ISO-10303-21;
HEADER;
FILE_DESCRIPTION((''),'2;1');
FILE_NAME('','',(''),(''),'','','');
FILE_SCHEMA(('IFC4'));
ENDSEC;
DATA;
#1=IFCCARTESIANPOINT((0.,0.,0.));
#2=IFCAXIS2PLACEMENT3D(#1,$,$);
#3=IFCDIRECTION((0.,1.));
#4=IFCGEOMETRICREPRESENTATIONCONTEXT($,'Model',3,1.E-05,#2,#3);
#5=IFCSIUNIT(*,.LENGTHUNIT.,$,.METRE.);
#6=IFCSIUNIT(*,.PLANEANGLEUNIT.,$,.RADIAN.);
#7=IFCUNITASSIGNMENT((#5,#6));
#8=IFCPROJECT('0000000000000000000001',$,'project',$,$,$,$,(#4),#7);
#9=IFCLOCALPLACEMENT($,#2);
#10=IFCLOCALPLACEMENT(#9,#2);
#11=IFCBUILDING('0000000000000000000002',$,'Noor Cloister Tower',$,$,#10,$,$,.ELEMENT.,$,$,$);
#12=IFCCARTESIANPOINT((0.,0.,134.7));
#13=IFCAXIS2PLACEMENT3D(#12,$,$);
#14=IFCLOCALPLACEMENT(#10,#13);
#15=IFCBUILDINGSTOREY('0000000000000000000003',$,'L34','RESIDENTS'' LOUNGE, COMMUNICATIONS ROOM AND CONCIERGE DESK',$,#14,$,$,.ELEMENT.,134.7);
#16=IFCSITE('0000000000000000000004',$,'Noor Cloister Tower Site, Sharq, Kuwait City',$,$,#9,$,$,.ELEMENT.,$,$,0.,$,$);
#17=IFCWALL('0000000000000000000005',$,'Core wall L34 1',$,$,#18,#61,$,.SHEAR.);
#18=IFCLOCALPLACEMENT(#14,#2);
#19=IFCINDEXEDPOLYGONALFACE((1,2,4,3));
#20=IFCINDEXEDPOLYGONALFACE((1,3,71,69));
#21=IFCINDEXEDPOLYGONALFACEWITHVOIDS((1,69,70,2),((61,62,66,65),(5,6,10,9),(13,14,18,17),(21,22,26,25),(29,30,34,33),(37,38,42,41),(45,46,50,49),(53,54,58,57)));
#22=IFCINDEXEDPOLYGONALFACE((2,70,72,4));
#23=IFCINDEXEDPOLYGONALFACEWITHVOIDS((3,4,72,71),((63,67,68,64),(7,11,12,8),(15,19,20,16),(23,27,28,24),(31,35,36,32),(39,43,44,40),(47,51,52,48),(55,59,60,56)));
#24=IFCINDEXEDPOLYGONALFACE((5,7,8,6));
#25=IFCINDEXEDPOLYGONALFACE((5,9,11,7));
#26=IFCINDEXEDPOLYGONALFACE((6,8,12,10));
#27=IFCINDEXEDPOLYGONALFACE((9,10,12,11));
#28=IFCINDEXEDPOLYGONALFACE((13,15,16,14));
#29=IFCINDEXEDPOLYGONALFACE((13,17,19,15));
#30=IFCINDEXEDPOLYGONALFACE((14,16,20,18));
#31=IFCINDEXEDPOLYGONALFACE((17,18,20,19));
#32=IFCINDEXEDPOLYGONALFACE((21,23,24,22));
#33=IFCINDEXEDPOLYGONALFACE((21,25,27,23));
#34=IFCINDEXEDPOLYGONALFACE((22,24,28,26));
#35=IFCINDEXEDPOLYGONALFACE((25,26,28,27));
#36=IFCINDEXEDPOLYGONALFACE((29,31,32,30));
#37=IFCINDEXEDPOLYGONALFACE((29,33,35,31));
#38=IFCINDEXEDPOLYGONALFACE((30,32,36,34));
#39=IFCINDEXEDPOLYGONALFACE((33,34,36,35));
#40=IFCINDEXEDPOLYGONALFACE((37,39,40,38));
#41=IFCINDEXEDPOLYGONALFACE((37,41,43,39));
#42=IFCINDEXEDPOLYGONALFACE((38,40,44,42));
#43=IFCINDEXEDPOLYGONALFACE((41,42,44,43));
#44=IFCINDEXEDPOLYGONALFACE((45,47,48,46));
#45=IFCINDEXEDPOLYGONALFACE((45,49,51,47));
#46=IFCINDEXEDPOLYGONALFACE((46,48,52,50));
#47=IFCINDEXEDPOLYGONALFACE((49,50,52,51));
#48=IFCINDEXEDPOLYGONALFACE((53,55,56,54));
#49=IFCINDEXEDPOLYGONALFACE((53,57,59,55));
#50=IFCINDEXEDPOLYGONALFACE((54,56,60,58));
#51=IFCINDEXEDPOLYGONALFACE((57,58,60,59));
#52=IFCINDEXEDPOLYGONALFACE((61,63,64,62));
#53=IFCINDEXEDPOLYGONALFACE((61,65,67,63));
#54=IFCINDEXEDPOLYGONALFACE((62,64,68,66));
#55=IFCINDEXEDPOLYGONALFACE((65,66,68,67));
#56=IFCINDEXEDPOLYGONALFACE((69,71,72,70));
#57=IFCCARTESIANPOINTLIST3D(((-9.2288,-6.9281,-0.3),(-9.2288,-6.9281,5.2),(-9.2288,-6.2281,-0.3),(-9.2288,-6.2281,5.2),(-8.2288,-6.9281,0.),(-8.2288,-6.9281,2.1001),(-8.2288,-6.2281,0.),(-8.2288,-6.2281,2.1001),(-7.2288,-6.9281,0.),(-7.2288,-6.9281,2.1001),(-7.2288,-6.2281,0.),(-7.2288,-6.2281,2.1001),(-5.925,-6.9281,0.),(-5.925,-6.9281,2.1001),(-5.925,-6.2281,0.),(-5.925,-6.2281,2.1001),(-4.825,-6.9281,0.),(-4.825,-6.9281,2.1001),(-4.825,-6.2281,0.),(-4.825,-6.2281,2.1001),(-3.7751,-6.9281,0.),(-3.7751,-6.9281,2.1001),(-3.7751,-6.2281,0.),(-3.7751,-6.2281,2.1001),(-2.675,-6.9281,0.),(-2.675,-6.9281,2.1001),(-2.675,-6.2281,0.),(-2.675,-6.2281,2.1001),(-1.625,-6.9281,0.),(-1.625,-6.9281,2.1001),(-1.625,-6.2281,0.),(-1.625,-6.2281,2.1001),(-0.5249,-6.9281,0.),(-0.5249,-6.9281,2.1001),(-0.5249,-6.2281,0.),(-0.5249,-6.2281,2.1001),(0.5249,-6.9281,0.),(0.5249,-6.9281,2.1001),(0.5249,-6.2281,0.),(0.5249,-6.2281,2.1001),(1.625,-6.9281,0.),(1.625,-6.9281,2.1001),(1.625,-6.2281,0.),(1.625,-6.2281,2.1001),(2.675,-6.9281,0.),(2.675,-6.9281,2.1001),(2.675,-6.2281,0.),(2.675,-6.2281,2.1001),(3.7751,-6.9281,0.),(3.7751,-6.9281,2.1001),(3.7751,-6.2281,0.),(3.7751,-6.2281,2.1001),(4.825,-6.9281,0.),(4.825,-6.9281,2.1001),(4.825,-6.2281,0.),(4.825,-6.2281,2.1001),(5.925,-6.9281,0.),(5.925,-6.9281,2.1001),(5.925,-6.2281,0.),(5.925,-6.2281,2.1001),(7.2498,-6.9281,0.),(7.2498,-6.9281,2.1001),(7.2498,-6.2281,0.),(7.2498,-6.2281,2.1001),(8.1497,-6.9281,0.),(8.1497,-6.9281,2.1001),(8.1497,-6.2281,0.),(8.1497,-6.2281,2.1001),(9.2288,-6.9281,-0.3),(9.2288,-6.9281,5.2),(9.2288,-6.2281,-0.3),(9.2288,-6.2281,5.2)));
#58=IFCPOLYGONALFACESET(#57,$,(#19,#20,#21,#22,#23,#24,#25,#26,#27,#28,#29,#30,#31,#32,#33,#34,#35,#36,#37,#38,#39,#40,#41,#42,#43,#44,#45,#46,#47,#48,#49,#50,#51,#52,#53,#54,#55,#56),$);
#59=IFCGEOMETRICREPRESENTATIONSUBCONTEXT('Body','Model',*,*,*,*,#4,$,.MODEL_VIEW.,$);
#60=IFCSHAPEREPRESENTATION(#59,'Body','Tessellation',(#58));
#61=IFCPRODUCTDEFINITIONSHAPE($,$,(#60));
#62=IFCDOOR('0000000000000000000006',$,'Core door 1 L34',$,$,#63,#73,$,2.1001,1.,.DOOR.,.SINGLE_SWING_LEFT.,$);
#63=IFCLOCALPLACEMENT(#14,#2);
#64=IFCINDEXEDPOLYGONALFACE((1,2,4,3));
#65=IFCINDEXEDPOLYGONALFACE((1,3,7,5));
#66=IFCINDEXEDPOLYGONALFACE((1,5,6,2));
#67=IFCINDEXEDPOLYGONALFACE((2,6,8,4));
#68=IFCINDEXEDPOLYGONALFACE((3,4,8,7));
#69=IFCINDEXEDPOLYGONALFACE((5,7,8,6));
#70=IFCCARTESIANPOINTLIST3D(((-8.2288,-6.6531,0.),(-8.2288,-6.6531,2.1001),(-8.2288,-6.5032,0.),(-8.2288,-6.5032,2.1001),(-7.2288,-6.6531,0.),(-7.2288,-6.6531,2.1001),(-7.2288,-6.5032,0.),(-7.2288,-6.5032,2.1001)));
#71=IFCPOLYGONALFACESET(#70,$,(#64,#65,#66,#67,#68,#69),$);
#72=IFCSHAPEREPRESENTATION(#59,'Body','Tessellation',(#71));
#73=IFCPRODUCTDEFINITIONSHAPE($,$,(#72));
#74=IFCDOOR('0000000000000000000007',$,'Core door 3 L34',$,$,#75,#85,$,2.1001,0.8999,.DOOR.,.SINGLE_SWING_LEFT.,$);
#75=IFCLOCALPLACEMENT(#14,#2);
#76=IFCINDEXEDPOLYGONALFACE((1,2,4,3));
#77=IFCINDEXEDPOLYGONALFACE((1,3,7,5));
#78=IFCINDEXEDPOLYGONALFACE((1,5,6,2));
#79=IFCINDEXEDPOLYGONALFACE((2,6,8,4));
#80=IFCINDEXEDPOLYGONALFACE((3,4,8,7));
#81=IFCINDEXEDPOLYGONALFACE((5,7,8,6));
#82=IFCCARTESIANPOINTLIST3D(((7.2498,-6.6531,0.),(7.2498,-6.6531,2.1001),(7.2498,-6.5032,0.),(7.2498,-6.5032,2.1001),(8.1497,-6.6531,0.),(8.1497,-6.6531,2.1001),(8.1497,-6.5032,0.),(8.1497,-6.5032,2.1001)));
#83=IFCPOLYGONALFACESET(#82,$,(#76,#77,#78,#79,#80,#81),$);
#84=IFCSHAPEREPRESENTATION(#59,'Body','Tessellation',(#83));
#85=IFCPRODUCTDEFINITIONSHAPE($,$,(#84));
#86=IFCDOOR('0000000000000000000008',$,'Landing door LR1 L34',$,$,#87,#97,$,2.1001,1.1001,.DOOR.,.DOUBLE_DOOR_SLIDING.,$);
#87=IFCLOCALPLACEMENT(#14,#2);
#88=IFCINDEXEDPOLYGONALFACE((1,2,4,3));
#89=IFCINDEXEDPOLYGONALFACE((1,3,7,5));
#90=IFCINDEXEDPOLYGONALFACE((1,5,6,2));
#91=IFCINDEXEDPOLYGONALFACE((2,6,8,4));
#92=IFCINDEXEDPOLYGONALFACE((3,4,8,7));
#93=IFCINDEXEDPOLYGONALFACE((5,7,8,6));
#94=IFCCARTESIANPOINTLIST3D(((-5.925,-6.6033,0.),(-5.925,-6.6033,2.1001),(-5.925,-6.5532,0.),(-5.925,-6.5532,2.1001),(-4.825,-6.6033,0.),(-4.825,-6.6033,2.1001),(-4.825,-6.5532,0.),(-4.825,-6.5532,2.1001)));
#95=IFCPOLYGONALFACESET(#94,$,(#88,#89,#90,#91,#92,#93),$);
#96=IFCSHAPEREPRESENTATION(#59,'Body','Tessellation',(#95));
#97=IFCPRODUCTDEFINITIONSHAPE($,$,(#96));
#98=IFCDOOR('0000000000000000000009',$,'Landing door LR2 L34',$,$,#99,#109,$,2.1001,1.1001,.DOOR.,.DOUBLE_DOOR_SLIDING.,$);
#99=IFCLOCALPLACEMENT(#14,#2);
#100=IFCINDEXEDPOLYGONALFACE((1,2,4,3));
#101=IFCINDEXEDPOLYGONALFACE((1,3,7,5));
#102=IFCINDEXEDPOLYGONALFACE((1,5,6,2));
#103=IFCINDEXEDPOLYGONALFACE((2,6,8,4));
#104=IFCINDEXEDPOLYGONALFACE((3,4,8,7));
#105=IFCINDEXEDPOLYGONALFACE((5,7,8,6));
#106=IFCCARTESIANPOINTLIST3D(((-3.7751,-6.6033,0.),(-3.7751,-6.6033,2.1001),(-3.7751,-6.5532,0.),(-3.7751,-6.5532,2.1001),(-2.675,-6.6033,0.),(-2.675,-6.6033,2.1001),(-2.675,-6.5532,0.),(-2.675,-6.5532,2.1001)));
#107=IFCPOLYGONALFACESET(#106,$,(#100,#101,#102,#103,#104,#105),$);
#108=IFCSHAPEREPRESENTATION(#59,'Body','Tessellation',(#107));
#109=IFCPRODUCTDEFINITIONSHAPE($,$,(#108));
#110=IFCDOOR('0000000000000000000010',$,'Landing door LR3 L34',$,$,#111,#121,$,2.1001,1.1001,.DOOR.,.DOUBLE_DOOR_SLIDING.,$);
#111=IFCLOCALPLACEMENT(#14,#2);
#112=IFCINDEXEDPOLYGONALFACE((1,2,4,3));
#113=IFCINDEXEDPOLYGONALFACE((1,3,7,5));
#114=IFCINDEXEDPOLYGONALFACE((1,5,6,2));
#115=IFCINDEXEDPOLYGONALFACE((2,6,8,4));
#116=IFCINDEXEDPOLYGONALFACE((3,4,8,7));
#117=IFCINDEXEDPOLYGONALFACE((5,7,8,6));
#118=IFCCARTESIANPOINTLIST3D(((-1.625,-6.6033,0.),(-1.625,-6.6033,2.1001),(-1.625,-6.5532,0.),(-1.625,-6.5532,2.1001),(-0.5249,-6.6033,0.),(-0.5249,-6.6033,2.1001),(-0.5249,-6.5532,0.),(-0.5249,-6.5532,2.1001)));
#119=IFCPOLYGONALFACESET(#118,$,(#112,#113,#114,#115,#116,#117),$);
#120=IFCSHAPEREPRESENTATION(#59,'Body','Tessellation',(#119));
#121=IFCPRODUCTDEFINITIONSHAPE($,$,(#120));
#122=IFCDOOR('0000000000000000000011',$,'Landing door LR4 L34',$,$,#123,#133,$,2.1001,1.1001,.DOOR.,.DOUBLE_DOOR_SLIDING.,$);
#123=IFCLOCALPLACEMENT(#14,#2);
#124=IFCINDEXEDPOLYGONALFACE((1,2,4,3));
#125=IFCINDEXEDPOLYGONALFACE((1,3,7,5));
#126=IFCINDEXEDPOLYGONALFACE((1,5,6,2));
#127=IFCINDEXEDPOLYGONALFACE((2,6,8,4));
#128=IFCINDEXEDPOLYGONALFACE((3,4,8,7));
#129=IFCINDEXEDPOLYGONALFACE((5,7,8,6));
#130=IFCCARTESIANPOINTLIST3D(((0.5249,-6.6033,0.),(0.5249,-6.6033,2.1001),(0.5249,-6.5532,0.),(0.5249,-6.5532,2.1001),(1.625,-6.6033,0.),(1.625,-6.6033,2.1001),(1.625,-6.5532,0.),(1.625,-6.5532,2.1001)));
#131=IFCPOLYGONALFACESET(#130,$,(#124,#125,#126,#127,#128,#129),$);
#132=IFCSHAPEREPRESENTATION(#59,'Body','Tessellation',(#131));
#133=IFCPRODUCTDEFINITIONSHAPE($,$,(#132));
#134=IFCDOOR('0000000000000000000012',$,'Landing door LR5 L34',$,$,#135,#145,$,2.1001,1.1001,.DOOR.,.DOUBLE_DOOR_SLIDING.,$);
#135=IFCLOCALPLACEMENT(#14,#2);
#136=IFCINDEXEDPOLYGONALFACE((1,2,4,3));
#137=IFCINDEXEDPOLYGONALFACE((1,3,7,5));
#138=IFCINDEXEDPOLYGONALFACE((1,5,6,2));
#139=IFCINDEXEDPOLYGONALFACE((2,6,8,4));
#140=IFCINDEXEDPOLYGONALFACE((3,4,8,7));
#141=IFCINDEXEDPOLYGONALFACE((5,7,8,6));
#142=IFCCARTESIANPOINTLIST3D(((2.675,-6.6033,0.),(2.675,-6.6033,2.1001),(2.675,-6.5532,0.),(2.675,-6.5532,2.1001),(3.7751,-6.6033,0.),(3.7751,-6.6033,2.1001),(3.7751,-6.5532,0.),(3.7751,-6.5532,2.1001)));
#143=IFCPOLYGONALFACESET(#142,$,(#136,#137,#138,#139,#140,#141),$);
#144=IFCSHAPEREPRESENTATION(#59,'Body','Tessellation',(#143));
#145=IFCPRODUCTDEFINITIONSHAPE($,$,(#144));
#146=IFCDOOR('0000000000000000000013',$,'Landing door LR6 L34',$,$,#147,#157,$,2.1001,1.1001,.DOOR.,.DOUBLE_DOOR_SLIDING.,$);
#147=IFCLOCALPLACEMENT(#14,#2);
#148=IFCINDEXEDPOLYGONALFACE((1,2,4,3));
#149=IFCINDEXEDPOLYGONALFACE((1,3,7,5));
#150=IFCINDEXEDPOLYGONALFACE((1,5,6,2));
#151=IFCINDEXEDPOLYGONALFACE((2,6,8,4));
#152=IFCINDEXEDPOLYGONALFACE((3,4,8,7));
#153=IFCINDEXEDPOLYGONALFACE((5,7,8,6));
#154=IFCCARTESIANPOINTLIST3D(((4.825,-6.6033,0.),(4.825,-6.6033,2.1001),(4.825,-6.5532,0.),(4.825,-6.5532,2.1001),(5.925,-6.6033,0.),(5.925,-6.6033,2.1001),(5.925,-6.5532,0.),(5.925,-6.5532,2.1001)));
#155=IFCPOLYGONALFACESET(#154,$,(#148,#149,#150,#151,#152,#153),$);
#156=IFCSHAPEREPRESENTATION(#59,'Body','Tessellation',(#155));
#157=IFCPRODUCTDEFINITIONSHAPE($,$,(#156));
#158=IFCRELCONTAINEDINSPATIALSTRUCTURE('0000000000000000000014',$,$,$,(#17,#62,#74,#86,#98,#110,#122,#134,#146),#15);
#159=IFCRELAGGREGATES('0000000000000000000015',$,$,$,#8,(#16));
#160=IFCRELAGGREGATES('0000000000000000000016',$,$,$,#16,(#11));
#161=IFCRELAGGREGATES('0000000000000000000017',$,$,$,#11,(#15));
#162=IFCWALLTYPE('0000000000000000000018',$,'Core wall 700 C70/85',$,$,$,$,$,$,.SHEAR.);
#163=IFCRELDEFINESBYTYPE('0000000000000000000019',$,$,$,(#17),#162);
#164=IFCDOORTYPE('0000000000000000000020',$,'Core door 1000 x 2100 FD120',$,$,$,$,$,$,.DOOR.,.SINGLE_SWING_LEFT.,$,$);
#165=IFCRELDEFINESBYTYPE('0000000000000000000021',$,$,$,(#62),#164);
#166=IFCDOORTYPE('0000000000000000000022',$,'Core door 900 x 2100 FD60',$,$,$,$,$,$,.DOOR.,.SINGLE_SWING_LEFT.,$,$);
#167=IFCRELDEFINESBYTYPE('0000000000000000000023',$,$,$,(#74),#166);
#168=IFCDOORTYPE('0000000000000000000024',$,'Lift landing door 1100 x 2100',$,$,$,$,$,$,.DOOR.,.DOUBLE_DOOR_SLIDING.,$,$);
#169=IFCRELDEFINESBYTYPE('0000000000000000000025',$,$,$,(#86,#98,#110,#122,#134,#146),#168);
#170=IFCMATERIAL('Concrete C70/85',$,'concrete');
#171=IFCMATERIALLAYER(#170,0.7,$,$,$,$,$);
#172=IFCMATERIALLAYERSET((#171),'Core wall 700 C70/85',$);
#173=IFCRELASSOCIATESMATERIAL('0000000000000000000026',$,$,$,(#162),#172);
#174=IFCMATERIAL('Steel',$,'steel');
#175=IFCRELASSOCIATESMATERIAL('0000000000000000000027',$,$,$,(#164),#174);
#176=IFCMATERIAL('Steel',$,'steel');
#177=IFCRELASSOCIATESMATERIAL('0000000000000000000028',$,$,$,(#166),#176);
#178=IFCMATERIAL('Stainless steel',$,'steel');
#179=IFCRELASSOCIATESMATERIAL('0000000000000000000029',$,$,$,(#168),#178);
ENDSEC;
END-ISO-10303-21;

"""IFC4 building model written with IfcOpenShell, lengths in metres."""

from ifc_helpers import new_model, si_unit, direction, frame, frame_2d, origin, place, context, subcontext, project, spatial, rectangle, extrude, material, layer, layer_set, type_object, element, fill, save


model = new_model("IFC4")

# Units and contexts
model_context = context("Model", 3, precision=1e-05, world=origin(), true_north=direction((0.0, 1.0)))
body_context = subcontext(model_context, "Body", "Model", "MODEL_VIEW")
ifc_project = project(units=[si_unit("LENGTHUNIT", "METRE"), si_unit("PLANEANGLEUNIT", "RADIAN")], contexts=[model_context])

# Site, building, storey
site_placement = place(None, origin())
site = spatial("IfcSite", under=ifc_project, at=site_placement, Name="Noor Cloister Tower Site, Sharq, Kuwait City", CompositionType="ELEMENT", RefElevation=0.0)
building_placement = place(site_placement, origin())
building = spatial("IfcBuilding", under=site, at=building_placement, Name="Noor Cloister Tower", CompositionType="ELEMENT")
storey_placement = place(building_placement, frame((0.0, 0.0, 134.7)))
storey = spatial("IfcBuildingStorey", under=building, at=storey_placement, Name="L34", Description="RESIDENTS' LOUNGE, COMMUNICATIONS ROOM AND CONCIERGE DESK", CompositionType="ELEMENT", Elevation=134.7)

# Wall, openings, doors
ifc_material_1 = material(Name="Concrete C70/85", Category="concrete")
ifc_layer_1 = layer(ifc_material_1, 0.7)
ifc_layer_set_1 = layer_set([ifc_layer_1], Name="Core wall 700 C70/85")
wall_type_1 = type_object("IfcWallType", Name="Core wall 700 C70/85", PredefinedType="SHEAR", material=ifc_layer_set_1)
wall_1_placement = place(storey_placement, frame((-9.2288, -6.5781, -0.3), z_axis=(0.0, 0.0, 1.0), x_axis=(1.0, 0.0, 0.0)))
wall_1 = element("IfcWall", 1, at=wall_1_placement, inside=storey, type_object=wall_type_1, Name="Core wall L34 1", PredefinedType="SHEAR", context=body_context, shape_type="SweptSolid", body=[
    extrude(rectangle(XDim=18.4575, YDim=0.7, at=frame_2d((9.2288, 0.0))), origin(), (0.0, 0.0, 1.0), 5.5),
])
opening_1_placement = place(wall_1_placement, frame((3.3037, 0.0, 0.3)))
opening_1 = element("IfcOpeningElement", 2, at=opening_1_placement, cuts=wall_1, PredefinedType="OPENING", context=body_context, shape_type="SweptSolid", body=[
    extrude(rectangle(XDim=1.1001, YDim=2.1001, at=frame_2d((0.55, 1.05))), frame((0.0, 0.3599, 0.0), z_axis=(0.0, -1.0, 0.0), x_axis=(1.0, 0.0, 0.0)), (0.0, 0.0, 1.0), 0.72),
])
opening_2_placement = place(wall_1_placement, frame((5.4536, 0.0, 0.3)))
opening_2 = element("IfcOpeningElement", 3, at=opening_2_placement, cuts=wall_1, PredefinedType="OPENING", context=body_context, shape_type="SweptSolid", body=[
    extrude(rectangle(XDim=1.1001, YDim=2.1001, at=frame_2d((0.55, 1.05))), frame((0.0, 0.3599, 0.0), z_axis=(0.0, -1.0, 0.0), x_axis=(1.0, 0.0, 0.0)), (0.0, 0.0, 1.0), 0.72),
])
opening_3_placement = place(wall_1_placement, frame((7.6038, 0.0, 0.3)))
opening_3 = element("IfcOpeningElement", 4, at=opening_3_placement, cuts=wall_1, PredefinedType="OPENING", context=body_context, shape_type="SweptSolid", body=[
    extrude(rectangle(XDim=1.1001, YDim=2.1001, at=frame_2d((0.55, 1.05))), frame((0.0, 0.3599, 0.0), z_axis=(0.0, -1.0, 0.0), x_axis=(1.0, 0.0, 0.0)), (0.0, 0.0, 1.0), 0.72),
])
opening_4_placement = place(wall_1_placement, frame((9.7537, 0.0, 0.3)))
opening_4 = element("IfcOpeningElement", 5, at=opening_4_placement, cuts=wall_1, PredefinedType="OPENING", context=body_context, shape_type="SweptSolid", body=[
    extrude(rectangle(XDim=1.1001, YDim=2.1001, at=frame_2d((0.55, 1.05))), frame((0.0, 0.3599, 0.0), z_axis=(0.0, -1.0, 0.0), x_axis=(1.0, 0.0, 0.0)), (0.0, 0.0, 1.0), 0.72),
])
opening_5_placement = place(wall_1_placement, frame((11.9038, 0.0, 0.3)))
opening_5 = element("IfcOpeningElement", 6, at=opening_5_placement, cuts=wall_1, PredefinedType="OPENING", context=body_context, shape_type="SweptSolid", body=[
    extrude(rectangle(XDim=1.1001, YDim=2.1001, at=frame_2d((0.55, 1.05))), frame((0.0, 0.3599, 0.0), z_axis=(0.0, -1.0, 0.0), x_axis=(1.0, 0.0, 0.0)), (0.0, 0.0, 1.0), 0.72),
])
opening_6_placement = place(wall_1_placement, frame((14.0537, 0.0, 0.3)))
opening_6 = element("IfcOpeningElement", 7, at=opening_6_placement, cuts=wall_1, PredefinedType="OPENING", context=body_context, shape_type="SweptSolid", body=[
    extrude(rectangle(XDim=1.1001, YDim=2.1001, at=frame_2d((0.55, 1.05))), frame((0.0, 0.3599, 0.0), z_axis=(0.0, -1.0, 0.0), x_axis=(1.0, 0.0, 0.0)), (0.0, 0.0, 1.0), 0.72),
])
opening_7_placement = place(wall_1_placement, frame((1.0, 0.0, 0.3)))
opening_7 = element("IfcOpeningElement", 8, at=opening_7_placement, cuts=wall_1, PredefinedType="OPENING", context=body_context, shape_type="SweptSolid", body=[
    extrude(rectangle(XDim=1.0, YDim=2.1001, at=frame_2d((0.5, 1.05))), frame((0.0, 0.3599, 0.0), z_axis=(0.0, -1.0, 0.0), x_axis=(1.0, 0.0, 0.0)), (0.0, 0.0, 1.0), 0.72),
])
opening_8_placement = place(wall_1_placement, frame((16.4785, 0.0, 0.3)))
opening_8 = element("IfcOpeningElement", 9, at=opening_8_placement, cuts=wall_1, PredefinedType="OPENING", context=body_context, shape_type="SweptSolid", body=[
    extrude(rectangle(XDim=0.8999, YDim=2.1001, at=frame_2d((0.45, 1.05))), frame((0.0, 0.3599, 0.0), z_axis=(0.0, -1.0, 0.0), x_axis=(1.0, 0.0, 0.0)), (0.0, 0.0, 1.0), 0.72),
])
ifc_material_2 = material(Name="Steel", Category="steel")
door_type_1 = type_object("IfcDoorType", Name="Core door 1000 x 2100 FD120", OperationType="SINGLE_SWING_LEFT", PredefinedType="DOOR", material=ifc_material_2)
door_1_placement = place(opening_7_placement, origin())
door_1 = element("IfcDoor", 10, at=door_1_placement, inside=storey, type_object=door_type_1, Name="Core door 1 L34", OperationType="SINGLE_SWING_LEFT", OverallHeight=2.1001, OverallWidth=1.0, PredefinedType="DOOR", context=body_context, shape_type="SweptSolid", body=[
    extrude(rectangle(XDim=1.0, YDim=2.1001, at=frame_2d((0.5, 1.05))), frame((0.0, 0.075, 0.0), z_axis=(0.0, -1.0, 0.0), x_axis=(1.0, 0.0, 0.0)), (0.0, 0.0, 1.0), 0.1499),
])
fill(opening_7, door_1)
ifc_material_3 = material(Name="Steel", Category="steel")
door_type_2 = type_object("IfcDoorType", Name="Core door 900 x 2100 FD60", OperationType="SINGLE_SWING_LEFT", PredefinedType="DOOR", material=ifc_material_3)
door_2_placement = place(opening_8_placement, origin())
door_2 = element("IfcDoor", 11, at=door_2_placement, inside=storey, type_object=door_type_2, Name="Core door 3 L34", OperationType="SINGLE_SWING_LEFT", OverallHeight=2.1001, OverallWidth=0.8999, PredefinedType="DOOR", context=body_context, shape_type="SweptSolid", body=[
    extrude(rectangle(XDim=0.8999, YDim=2.1001, at=frame_2d((0.45, 1.05))), frame((0.0, 0.075, 0.0), z_axis=(0.0, -1.0, 0.0), x_axis=(1.0, 0.0, 0.0)), (0.0, 0.0, 1.0), 0.1499),
])
fill(opening_8, door_2)
ifc_material_4 = material(Name="Stainless steel", Category="steel")
door_type_3 = type_object("IfcDoorType", Name="Lift landing door 1100 x 2100", OperationType="DOUBLE_DOOR_SLIDING", PredefinedType="DOOR", material=ifc_material_4)
door_3_placement = place(opening_1_placement, origin())
door_3 = element("IfcDoor", 12, at=door_3_placement, inside=storey, type_object=door_type_3, Name="Landing door LR1 L34", OperationType="DOUBLE_DOOR_SLIDING", OverallHeight=2.1001, OverallWidth=1.1001, PredefinedType="DOOR", context=body_context, shape_type="SweptSolid", body=[
    extrude(rectangle(XDim=1.1001, YDim=2.1001, at=frame_2d((0.55, 1.05))), frame((0.0, 0.0249, 0.0), z_axis=(0.0, -1.0, 0.0), x_axis=(1.0, 0.0, 0.0)), (0.0, 0.0, 1.0), 0.05),
])
fill(opening_1, door_3)
door_4_placement = place(opening_2_placement, origin())
door_4 = element("IfcDoor", 13, at=door_4_placement, inside=storey, type_object=door_type_3, Name="Landing door LR2 L34", OperationType="DOUBLE_DOOR_SLIDING", OverallHeight=2.1001, OverallWidth=1.1001, PredefinedType="DOOR", context=body_context, shape_type="SweptSolid", body=[
    extrude(rectangle(XDim=1.1001, YDim=2.1001, at=frame_2d((0.55, 1.05))), frame((0.0, 0.0249, 0.0), z_axis=(0.0, -1.0, 0.0), x_axis=(1.0, 0.0, 0.0)), (0.0, 0.0, 1.0), 0.05),
])
fill(opening_2, door_4)
door_5_placement = place(opening_3_placement, origin())
door_5 = element("IfcDoor", 14, at=door_5_placement, inside=storey, type_object=door_type_3, Name="Landing door LR3 L34", OperationType="DOUBLE_DOOR_SLIDING", OverallHeight=2.1001, OverallWidth=1.1001, PredefinedType="DOOR", context=body_context, shape_type="SweptSolid", body=[
    extrude(rectangle(XDim=1.1001, YDim=2.1001, at=frame_2d((0.55, 1.05))), frame((0.0, 0.0249, 0.0), z_axis=(0.0, -1.0, 0.0), x_axis=(1.0, 0.0, 0.0)), (0.0, 0.0, 1.0), 0.05),
])
fill(opening_3, door_5)
door_6_placement = place(opening_4_placement, origin())
door_6 = element("IfcDoor", 15, at=door_6_placement, inside=storey, type_object=door_type_3, Name="Landing door LR4 L34", OperationType="DOUBLE_DOOR_SLIDING", OverallHeight=2.1001, OverallWidth=1.1001, PredefinedType="DOOR", context=body_context, shape_type="SweptSolid", body=[
    extrude(rectangle(XDim=1.1001, YDim=2.1001, at=frame_2d((0.55, 1.05))), frame((0.0, 0.0249, 0.0), z_axis=(0.0, -1.0, 0.0), x_axis=(1.0, 0.0, 0.0)), (0.0, 0.0, 1.0), 0.05),
])
fill(opening_4, door_6)
door_7_placement = place(opening_5_placement, origin())
door_7 = element("IfcDoor", 16, at=door_7_placement, inside=storey, type_object=door_type_3, Name="Landing door LR5 L34", OperationType="DOUBLE_DOOR_SLIDING", OverallHeight=2.1001, OverallWidth=1.1001, PredefinedType="DOOR", context=body_context, shape_type="SweptSolid", body=[
    extrude(rectangle(XDim=1.1001, YDim=2.1001, at=frame_2d((0.55, 1.05))), frame((0.0, 0.0249, 0.0), z_axis=(0.0, -1.0, 0.0), x_axis=(1.0, 0.0, 0.0)), (0.0, 0.0, 1.0), 0.05),
])
fill(opening_5, door_7)
door_8_placement = place(opening_6_placement, origin())
door_8 = element("IfcDoor", 17, at=door_8_placement, inside=storey, type_object=door_type_3, Name="Landing door LR6 L34", OperationType="DOUBLE_DOOR_SLIDING", OverallHeight=2.1001, OverallWidth=1.1001, PredefinedType="DOOR", context=body_context, shape_type="SweptSolid", body=[
    extrude(rectangle(XDim=1.1001, YDim=2.1001, at=frame_2d((0.55, 1.05))), frame((0.0, 0.0249, 0.0), z_axis=(0.0, -1.0, 0.0), x_axis=(1.0, 0.0, 0.0)), (0.0, 0.0, 1.0), 0.05),
])
fill(opening_6, door_8)

save(model, "model.ifc")
